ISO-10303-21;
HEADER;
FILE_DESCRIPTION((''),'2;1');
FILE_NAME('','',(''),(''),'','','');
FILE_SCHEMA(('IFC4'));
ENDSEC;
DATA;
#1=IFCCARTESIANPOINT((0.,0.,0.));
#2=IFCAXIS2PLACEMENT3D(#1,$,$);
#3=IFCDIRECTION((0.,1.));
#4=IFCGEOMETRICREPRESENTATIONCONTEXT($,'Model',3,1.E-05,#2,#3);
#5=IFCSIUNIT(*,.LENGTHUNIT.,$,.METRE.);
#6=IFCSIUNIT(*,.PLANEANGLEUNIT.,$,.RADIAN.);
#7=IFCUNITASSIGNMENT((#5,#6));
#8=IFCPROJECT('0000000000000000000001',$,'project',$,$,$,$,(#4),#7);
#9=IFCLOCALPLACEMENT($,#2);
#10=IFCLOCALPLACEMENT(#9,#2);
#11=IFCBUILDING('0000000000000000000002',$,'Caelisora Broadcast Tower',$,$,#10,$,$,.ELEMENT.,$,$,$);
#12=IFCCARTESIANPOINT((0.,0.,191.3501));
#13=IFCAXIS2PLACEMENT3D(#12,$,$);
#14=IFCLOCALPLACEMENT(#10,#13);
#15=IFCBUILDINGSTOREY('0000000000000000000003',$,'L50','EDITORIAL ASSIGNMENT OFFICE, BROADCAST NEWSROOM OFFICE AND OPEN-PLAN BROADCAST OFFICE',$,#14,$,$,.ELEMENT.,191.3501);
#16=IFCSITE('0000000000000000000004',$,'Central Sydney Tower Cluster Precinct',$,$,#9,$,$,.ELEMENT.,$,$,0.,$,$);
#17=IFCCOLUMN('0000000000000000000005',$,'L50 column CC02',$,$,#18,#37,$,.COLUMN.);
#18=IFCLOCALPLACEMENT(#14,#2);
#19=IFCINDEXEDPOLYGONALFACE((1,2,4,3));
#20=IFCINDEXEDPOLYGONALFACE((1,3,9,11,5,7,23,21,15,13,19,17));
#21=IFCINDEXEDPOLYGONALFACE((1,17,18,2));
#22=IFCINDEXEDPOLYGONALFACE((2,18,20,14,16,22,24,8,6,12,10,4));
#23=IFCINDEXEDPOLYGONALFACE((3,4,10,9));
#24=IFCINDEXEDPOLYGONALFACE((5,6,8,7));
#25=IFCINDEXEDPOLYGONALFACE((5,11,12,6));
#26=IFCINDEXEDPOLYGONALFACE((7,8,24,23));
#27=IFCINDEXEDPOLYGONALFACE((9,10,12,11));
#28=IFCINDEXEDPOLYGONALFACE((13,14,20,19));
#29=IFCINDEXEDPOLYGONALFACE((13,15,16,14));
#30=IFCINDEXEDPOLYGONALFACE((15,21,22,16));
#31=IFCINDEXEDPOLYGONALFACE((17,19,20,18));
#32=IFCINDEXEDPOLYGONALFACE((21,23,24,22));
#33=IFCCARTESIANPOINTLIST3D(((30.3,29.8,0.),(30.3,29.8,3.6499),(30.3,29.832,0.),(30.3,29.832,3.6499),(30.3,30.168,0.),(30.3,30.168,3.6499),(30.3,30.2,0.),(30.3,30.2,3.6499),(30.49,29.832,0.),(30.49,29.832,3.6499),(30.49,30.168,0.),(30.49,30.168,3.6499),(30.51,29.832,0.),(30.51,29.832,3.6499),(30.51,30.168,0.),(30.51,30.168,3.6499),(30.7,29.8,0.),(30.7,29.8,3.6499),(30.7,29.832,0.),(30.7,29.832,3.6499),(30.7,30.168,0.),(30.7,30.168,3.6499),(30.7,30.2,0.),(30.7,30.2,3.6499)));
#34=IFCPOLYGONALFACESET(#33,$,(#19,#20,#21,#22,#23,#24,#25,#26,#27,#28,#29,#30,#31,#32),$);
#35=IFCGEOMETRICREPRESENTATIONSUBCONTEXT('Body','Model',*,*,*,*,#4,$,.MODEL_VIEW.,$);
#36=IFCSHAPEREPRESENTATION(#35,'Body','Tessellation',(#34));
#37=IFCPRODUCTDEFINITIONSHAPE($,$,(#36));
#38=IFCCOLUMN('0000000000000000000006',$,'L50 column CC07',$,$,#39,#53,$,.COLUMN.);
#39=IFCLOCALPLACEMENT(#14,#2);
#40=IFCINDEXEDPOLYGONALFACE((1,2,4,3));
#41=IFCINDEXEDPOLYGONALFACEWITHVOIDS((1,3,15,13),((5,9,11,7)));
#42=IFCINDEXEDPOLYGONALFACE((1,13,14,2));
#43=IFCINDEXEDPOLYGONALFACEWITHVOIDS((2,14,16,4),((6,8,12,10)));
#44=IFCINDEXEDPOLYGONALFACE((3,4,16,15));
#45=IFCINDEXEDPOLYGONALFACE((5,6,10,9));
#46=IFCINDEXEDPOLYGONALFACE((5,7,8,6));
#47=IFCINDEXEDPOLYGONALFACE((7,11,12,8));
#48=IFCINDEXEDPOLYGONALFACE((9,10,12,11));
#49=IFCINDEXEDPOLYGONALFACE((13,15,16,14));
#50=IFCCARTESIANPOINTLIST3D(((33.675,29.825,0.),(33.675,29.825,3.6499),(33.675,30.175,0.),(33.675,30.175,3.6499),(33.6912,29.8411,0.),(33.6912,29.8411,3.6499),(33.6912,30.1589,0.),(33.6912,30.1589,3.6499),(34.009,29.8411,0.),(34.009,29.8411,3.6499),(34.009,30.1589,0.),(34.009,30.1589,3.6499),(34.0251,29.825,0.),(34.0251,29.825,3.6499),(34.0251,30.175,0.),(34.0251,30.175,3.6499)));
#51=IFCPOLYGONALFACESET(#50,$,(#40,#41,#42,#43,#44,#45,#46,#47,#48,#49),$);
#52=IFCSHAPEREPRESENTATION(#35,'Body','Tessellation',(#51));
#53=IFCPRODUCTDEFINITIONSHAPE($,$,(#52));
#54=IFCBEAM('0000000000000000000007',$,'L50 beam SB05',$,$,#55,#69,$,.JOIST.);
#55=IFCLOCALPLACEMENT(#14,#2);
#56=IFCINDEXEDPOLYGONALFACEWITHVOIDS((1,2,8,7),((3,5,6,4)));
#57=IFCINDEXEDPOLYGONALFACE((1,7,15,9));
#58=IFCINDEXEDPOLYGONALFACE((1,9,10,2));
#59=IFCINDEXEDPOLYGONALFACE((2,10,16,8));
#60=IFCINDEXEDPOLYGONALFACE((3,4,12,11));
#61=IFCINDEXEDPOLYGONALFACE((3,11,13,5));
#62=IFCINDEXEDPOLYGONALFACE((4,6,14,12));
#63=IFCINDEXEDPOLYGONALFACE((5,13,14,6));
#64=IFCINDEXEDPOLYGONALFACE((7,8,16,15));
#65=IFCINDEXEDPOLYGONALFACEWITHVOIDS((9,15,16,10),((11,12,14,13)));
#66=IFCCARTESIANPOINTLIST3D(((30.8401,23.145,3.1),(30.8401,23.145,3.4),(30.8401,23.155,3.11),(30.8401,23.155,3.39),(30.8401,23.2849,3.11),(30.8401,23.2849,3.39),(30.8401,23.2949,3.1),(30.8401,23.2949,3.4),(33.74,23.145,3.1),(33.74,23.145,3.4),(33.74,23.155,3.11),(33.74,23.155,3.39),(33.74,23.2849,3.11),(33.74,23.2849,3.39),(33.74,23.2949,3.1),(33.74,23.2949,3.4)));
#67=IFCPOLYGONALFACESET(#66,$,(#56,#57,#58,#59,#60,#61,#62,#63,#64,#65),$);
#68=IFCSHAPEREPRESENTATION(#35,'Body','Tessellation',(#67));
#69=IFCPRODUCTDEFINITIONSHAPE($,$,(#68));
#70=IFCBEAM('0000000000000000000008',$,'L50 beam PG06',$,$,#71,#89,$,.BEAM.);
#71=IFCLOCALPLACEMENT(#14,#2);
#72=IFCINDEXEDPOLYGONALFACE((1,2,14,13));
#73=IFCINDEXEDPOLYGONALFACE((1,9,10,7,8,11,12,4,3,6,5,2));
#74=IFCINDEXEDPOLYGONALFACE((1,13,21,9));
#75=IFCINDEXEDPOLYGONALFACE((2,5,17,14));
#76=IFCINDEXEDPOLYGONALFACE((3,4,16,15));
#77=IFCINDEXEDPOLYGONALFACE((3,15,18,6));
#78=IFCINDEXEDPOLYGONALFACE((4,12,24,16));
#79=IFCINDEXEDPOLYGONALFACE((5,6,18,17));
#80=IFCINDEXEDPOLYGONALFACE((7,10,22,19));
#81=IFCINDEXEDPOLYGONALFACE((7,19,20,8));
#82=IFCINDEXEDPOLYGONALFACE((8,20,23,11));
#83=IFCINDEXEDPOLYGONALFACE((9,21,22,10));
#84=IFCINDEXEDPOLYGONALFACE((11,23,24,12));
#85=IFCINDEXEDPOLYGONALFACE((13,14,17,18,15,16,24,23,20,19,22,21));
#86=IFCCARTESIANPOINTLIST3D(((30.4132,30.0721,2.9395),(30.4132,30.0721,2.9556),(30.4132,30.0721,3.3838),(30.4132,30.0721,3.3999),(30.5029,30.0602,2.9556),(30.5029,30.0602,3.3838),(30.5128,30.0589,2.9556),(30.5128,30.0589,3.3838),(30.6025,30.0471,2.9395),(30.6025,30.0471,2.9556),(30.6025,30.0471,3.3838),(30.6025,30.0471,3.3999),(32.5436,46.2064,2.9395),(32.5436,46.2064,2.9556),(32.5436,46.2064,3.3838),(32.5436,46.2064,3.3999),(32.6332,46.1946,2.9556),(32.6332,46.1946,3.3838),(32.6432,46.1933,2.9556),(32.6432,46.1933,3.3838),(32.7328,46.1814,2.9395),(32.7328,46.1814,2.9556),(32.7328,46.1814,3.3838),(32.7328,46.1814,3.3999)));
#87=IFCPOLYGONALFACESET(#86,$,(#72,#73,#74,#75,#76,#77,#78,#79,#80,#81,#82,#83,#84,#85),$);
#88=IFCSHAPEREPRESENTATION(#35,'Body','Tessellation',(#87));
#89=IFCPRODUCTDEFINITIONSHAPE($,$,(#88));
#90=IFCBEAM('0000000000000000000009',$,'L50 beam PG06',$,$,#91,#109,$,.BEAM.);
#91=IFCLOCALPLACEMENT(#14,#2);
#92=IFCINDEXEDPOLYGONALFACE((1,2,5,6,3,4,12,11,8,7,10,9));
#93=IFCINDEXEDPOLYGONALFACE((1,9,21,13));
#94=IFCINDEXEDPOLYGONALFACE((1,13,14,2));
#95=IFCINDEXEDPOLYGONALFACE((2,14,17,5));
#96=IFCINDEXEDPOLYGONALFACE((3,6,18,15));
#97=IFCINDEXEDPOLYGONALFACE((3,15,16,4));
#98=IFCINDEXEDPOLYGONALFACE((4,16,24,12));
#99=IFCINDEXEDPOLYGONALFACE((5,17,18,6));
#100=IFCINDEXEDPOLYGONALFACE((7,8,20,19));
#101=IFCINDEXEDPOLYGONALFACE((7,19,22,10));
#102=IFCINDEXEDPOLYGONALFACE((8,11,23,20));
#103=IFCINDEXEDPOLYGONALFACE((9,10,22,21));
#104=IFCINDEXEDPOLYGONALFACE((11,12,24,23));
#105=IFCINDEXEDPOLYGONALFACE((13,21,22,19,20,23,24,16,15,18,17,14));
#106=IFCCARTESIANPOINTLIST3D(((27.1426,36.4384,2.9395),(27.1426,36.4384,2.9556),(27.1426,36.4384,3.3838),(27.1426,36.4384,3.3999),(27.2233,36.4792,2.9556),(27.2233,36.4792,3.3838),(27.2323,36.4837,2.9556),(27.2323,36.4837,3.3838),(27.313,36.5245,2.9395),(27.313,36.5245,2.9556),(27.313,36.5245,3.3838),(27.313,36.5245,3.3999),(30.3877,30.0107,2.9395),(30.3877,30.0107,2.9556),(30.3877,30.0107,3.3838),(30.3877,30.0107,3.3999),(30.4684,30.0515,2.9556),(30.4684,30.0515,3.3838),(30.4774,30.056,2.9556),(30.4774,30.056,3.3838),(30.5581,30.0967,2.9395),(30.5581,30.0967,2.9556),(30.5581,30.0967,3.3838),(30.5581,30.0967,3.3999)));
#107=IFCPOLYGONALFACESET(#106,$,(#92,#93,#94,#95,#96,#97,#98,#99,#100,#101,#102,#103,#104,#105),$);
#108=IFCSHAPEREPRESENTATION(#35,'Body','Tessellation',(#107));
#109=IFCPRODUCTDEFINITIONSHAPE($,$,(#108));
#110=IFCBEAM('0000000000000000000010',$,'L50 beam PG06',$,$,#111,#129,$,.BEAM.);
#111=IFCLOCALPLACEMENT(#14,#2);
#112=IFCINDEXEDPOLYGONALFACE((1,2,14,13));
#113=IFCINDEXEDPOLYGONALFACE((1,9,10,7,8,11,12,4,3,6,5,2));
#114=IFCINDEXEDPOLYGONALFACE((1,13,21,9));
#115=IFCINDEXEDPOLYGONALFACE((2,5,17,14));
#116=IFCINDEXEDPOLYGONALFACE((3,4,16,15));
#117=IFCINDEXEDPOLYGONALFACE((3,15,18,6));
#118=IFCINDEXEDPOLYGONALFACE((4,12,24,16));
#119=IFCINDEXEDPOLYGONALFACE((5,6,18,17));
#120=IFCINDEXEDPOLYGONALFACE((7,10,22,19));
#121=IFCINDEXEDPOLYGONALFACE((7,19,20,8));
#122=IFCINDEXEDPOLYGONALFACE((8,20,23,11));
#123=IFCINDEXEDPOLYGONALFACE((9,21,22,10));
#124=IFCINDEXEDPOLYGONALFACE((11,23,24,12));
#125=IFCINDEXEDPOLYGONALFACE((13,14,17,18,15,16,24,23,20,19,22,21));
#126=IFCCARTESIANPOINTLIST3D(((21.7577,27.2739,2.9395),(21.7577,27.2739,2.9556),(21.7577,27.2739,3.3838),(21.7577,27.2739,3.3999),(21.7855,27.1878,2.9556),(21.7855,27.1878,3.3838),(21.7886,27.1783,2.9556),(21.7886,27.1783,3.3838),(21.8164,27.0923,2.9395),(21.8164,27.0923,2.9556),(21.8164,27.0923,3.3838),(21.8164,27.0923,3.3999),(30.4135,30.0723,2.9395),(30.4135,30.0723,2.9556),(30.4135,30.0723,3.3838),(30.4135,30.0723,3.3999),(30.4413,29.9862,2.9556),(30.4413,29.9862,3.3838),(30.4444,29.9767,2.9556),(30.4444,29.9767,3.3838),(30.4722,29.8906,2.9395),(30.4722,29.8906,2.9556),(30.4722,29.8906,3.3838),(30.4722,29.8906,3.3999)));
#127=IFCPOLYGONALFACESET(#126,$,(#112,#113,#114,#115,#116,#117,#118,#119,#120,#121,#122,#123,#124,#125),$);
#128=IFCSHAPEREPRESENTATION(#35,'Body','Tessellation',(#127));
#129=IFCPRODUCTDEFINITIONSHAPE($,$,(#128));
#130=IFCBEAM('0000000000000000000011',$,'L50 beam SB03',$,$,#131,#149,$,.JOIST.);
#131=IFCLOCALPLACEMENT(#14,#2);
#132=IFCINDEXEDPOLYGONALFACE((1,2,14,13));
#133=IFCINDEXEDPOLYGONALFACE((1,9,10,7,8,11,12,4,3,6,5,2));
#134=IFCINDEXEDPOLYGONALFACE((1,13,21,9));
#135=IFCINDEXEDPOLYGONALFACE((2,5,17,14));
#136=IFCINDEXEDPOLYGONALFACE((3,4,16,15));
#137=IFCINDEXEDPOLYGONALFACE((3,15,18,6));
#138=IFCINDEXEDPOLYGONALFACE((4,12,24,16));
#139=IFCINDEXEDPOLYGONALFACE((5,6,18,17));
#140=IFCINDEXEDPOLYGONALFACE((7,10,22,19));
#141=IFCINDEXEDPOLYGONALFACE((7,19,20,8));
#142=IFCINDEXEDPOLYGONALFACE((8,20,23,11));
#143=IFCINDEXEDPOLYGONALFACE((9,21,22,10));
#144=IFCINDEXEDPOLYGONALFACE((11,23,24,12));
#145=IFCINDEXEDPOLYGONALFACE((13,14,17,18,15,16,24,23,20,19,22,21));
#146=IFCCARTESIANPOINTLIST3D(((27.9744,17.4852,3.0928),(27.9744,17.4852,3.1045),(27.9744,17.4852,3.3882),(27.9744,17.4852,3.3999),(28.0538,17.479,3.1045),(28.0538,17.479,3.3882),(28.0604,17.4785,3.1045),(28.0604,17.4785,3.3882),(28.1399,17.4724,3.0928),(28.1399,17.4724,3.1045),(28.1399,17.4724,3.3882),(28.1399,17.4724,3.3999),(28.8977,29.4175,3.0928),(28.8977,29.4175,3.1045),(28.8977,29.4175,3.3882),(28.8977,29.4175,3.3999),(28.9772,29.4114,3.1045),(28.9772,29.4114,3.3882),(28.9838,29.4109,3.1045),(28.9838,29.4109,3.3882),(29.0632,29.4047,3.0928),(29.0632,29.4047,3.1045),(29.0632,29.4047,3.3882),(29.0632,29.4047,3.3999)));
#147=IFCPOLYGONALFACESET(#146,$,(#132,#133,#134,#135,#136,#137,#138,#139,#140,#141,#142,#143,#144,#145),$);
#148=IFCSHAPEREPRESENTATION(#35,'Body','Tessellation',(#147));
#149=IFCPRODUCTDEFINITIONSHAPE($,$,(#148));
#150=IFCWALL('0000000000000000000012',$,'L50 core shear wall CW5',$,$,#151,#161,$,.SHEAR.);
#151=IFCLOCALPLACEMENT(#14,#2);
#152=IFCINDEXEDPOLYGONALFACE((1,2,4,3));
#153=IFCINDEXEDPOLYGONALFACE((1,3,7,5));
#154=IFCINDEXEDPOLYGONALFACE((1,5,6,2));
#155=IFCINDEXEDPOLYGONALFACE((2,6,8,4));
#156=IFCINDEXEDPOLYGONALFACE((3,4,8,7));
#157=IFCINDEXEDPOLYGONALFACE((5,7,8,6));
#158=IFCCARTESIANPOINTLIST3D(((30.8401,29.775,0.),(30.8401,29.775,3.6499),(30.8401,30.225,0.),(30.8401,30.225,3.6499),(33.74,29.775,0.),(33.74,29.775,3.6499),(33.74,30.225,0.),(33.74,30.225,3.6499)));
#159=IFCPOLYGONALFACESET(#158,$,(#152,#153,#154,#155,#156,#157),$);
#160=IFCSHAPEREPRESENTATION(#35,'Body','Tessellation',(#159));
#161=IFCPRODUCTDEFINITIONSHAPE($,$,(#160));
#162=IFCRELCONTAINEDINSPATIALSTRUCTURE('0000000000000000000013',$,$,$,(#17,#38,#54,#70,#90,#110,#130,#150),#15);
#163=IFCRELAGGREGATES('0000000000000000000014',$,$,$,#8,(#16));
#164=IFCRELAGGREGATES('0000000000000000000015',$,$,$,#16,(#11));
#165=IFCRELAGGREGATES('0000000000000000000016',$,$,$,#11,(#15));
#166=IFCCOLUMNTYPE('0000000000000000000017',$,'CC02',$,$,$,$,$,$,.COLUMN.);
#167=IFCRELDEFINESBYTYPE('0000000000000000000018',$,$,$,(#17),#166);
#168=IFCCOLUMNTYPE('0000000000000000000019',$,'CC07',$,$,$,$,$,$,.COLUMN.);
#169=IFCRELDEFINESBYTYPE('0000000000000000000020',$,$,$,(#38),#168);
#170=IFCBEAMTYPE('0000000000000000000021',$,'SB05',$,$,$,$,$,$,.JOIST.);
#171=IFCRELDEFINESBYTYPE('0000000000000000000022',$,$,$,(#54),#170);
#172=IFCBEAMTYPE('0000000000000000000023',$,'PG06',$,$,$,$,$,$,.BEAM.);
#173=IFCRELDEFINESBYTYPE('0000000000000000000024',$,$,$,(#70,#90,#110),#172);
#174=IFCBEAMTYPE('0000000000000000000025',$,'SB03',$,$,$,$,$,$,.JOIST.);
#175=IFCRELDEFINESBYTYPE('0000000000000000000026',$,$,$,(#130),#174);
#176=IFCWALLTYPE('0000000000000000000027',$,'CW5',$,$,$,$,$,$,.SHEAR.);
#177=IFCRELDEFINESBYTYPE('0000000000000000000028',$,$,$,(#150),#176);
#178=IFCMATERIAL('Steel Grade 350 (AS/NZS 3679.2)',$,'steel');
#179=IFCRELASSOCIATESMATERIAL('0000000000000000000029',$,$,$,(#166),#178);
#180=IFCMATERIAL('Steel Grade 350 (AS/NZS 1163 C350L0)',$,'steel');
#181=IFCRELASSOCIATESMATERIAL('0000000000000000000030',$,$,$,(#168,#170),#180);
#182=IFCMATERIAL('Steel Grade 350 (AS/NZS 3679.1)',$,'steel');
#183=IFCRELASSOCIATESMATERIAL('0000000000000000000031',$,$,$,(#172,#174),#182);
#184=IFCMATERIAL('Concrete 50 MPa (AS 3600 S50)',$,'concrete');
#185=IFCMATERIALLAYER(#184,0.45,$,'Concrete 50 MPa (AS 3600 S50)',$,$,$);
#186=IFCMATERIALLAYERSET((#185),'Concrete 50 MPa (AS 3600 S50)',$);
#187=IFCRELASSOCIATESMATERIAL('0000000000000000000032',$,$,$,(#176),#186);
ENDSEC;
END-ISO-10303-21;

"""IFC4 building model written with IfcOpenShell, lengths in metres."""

from ifc_helpers import new_model, si_unit, direction, frame, frame_2d, origin, origin_2d, place, context, subcontext, project, spatial, rectangle, hollow_rectangle, i_section, extrude, source, transform, mapped, material, layer, layer_set, material_profile, profile_set, type_object, type_shapes, element, save


model = new_model("IFC4")

# Units and contexts
model_context = context("Model", 3, precision=1e-05, world=origin(), true_north=direction((0.0, 1.0)))
body_context = subcontext(model_context, "Body", "Model", "MODEL_VIEW")
ifc_project = project(units=[si_unit("LENGTHUNIT", "METRE"), si_unit("PLANEANGLEUNIT", "RADIAN")], contexts=[model_context])

# Site, building, storey
site_placement = place(None, origin())
site = spatial("IfcSite", under=ifc_project, at=site_placement, Name="Central Sydney Tower Cluster Precinct", CompositionType="ELEMENT", RefElevation=0.0)
building_placement = place(site_placement, origin())
building = spatial("IfcBuilding", under=site, at=building_placement, Name="Caelisora Broadcast Tower", CompositionType="ELEMENT")
storey_placement = place(building_placement, frame((0.0, 0.0, 191.3501)))
storey = spatial("IfcBuildingStorey", under=building, at=storey_placement, Name="L50", Description="EDITORIAL ASSIGNMENT OFFICE, BROADCAST NEWSROOM OFFICE AND OPEN-PLAN BROADCAST OFFICE", CompositionType="ELEMENT", Elevation=191.3501)

# Columns
ifc_material_1 = material(Name="Steel Grade 350 (AS/NZS 3679.2)", Category="steel")
ifc_material_profile_1 = material_profile(ifc_material_1, i_section(OverallWidth=0.3999, OverallDepth=0.3999, WebThickness=0.02, FlangeThickness=0.032, at=origin_2d()), Name="Steel Grade 350 (AS/NZS 3679.2)")
ifc_profile_set_1 = profile_set([ifc_material_profile_1], Name="Steel Grade 350 (AS/NZS 3679.2)")
column_type_1 = type_object("IfcColumnType", Name="CC02", PredefinedType="COLUMN", material=ifc_profile_set_1)
shared_shape_1 = source(origin(), body_context, "Body", "SweptSolid", [
    extrude(i_section(OverallWidth=0.3999, OverallDepth=0.3999, WebThickness=0.02, FlangeThickness=0.032, at=origin_2d()), origin(), (0.0, 0.0, 1.0), 3.6499),
])
type_shapes(column_type_1, [shared_shape_1])
column_1_placement = place(storey_placement, frame((30.5, 30.0, 0.0), z_axis=(0.0, 0.0, 1.0), x_axis=(1.0, 0.0, 0.0)))
element("IfcColumn", 1, at=column_1_placement, inside=storey, type_object=column_type_1, Name="L50 column CC02", PredefinedType="COLUMN", context=body_context, shape_type="MappedRepresentation", body=[
    mapped(shared_shape_1, transform((0.0, 0.0, 0.0), scale=1.0)),
])
ifc_material_2 = material(Name="Steel Grade 350 (AS/NZS 1163 C350L0)", Category="steel")
ifc_material_profile_2 = material_profile(ifc_material_2, hollow_rectangle(XDim=0.3501, YDim=0.3501, WallThickness=0.0161, at=origin_2d()), Name="Steel Grade 350 (AS/NZS 1163 C350L0)")
ifc_profile_set_2 = profile_set([ifc_material_profile_2], Name="Steel Grade 350 (AS/NZS 1163 C350L0)")
column_type_2 = type_object("IfcColumnType", Name="CC07", PredefinedType="COLUMN", material=ifc_profile_set_2)
shared_shape_2 = source(origin(), body_context, "Body", "SweptSolid", [
    extrude(hollow_rectangle(XDim=0.3501, YDim=0.3501, WallThickness=0.0161, at=origin_2d()), origin(), (0.0, 0.0, 1.0), 3.6499),
])
type_shapes(column_type_2, [shared_shape_2])
column_2_placement = place(storey_placement, frame((33.8501, 30.0, 0.0), z_axis=(0.0, 0.0, 1.0), x_axis=(1.0, 0.0, 0.0)))
element("IfcColumn", 2, at=column_2_placement, inside=storey, type_object=column_type_2, Name="L50 column CC07", PredefinedType="COLUMN", context=body_context, shape_type="MappedRepresentation", body=[
    mapped(shared_shape_2, transform((0.0, 0.0, 0.0), scale=1.0)),
])

# Beams
ifc_material_profile_3 = material_profile(ifc_material_2, hollow_rectangle(XDim=0.1499, YDim=0.3, WallThickness=0.01, at=origin_2d()), Name="Steel Grade 350 (AS/NZS 1163 C350L0)")
ifc_profile_set_3 = profile_set([ifc_material_profile_3], Name="Steel Grade 350 (AS/NZS 1163 C350L0)")
beam_type_1 = type_object("IfcBeamType", Name="SB05", PredefinedType="JOIST", material=ifc_profile_set_3)
shared_shape_3 = source(origin(), body_context, "Body", "SweptSolid", [
    extrude(hollow_rectangle(XDim=0.1499, YDim=0.3, WallThickness=0.01, at=origin_2d()), origin(), (0.0, 0.0, 1.0), 2.8999),
])
type_shapes(beam_type_1, [shared_shape_3])
beam_1_placement = place(storey_placement, frame((30.8401, 23.22, 3.25), z_axis=(1.0, 0.0, 0.0), x_axis=(0.0, 1.0, 0.0)))
element("IfcBeam", 3, at=beam_1_placement, inside=storey, type_object=beam_type_1, Name="L50 beam SB05", PredefinedType="JOIST", context=body_context, shape_type="MappedRepresentation", body=[
    mapped(shared_shape_3, transform((0.0, 0.0, 0.0), scale=1.0)),
])
ifc_material_3 = material(Name="Steel Grade 350 (AS/NZS 3679.1)", Category="steel")
ifc_material_profile_4 = material_profile(ifc_material_3, i_section(OverallWidth=0.1909, OverallDepth=0.4604, WebThickness=0.01, FlangeThickness=0.0161, at=origin_2d()), Name="Steel Grade 350 (AS/NZS 3679.1)")
ifc_profile_set_4 = profile_set([ifc_material_profile_4], Name="Steel Grade 350 (AS/NZS 3679.1)")
beam_type_2 = type_object("IfcBeamType", Name="PG06", PredefinedType="BEAM", material=ifc_profile_set_4)
shared_shape_4 = source(origin(), body_context, "Body", "SweptSolid", [
    extrude(i_section(OverallWidth=0.1909, OverallDepth=0.4604, WebThickness=0.01, FlangeThickness=0.0161, at=origin_2d()), origin(), (0.0, 0.0, 1.0), 16.2744),
])
beam_2_placement = place(storey_placement, frame((30.5078, 30.0596, 3.1697), z_axis=(0.130904, 0.991395, 0.0), x_axis=(-0.991395, 0.130904, 0.0)))
element("IfcBeam", 4, at=beam_2_placement, inside=storey, type_object=beam_type_2, Name="L50 beam PG06", PredefinedType="BEAM", context=body_context, shape_type="MappedRepresentation", body=[
    mapped(shared_shape_4, transform((0.0, 0.0, 0.0), scale=1.0)),
])
shared_shape_5 = source(origin(), body_context, "Body", "SweptSolid", [
    extrude(i_section(OverallWidth=0.1909, OverallDepth=0.4604, WebThickness=0.01, FlangeThickness=0.0161, at=origin_2d()), origin(), (0.0, 0.0, 1.0), 7.2004),
])
beam_3_placement = place(storey_placement, frame((30.4729, 30.0537, 3.1697), z_axis=(-0.450682, 0.892684, 0.0), x_axis=(-0.892684, -0.450682, 0.0)))
element("IfcBeam", 5, at=beam_3_placement, inside=storey, type_object=beam_type_2, Name="L50 beam PG06", PredefinedType="BEAM", context=body_context, shape_type="MappedRepresentation", body=[
    mapped(shared_shape_5, transform((0.0, 0.0, 0.0), scale=1.0)),
])
shared_shape_6 = source(origin(), body_context, "Body", "SweptSolid", [
    extrude(i_section(OverallWidth=0.1909, OverallDepth=0.4604, WebThickness=0.01, FlangeThickness=0.0161, at=origin_2d()), origin(), (0.0, 0.0, 1.0), 9.0969),
])
type_shapes(beam_type_2, [shared_shape_4, shared_shape_5, shared_shape_6])
beam_4_placement = place(storey_placement, frame((30.4429, 29.9814, 3.1697), z_axis=(-0.951511, -0.307616, 0.0), x_axis=(0.307616, -0.951511, 0.0)))
element("IfcBeam", 6, at=beam_4_placement, inside=storey, type_object=beam_type_2, Name="L50 beam PG06", PredefinedType="BEAM", context=body_context, shape_type="MappedRepresentation", body=[
    mapped(shared_shape_6, transform((0.0, 0.0, 0.0), scale=1.0)),
])
ifc_material_profile_5 = material_profile(ifc_material_3, i_section(OverallWidth=0.166, OverallDepth=0.3071, WebThickness=0.0066, FlangeThickness=0.0117, at=origin_2d()), Name="Steel Grade 350 (AS/NZS 3679.1)")
ifc_profile_set_5 = profile_set([ifc_material_profile_5], Name="Steel Grade 350 (AS/NZS 3679.1)")
beam_type_3 = type_object("IfcBeamType", Name="SB03", PredefinedType="JOIST", material=ifc_profile_set_5)
shared_shape_7 = source(origin(), body_context, "Body", "SweptSolid", [
    extrude(i_section(OverallWidth=0.166, OverallDepth=0.3071, WebThickness=0.0066, FlangeThickness=0.0117, at=origin_2d()), origin(), (0.0, 0.0, 1.0), 11.968),
])
type_shapes(beam_type_3, [shared_shape_7])
beam_5_placement = place(storey_placement, frame((28.9805, 29.4111, 3.2463), z_axis=(-0.07715, -0.997019, 0.0), x_axis=(0.997019, -0.07715, 0.0)))
element("IfcBeam", 7, at=beam_5_placement, inside=storey, type_object=beam_type_3, Name="L50 beam SB03", PredefinedType="JOIST", context=body_context, shape_type="MappedRepresentation", body=[
    mapped(shared_shape_7, transform((0.0, 0.0, 0.0), scale=1.0)),
])

# Wall
ifc_material_4 = material(Name="Concrete 50 MPa (AS 3600 S50)", Category="concrete")
ifc_layer_1 = layer(ifc_material_4, 0.45, Name="Concrete 50 MPa (AS 3600 S50)")
ifc_layer_set_1 = layer_set([ifc_layer_1], Name="Concrete 50 MPa (AS 3600 S50)")
wall_type_1 = type_object("IfcWallType", Name="CW5", PredefinedType="SHEAR", material=ifc_layer_set_1)
wall_1_placement = place(storey_placement, frame((30.8401, 30.0, 0.0), z_axis=(0.0, 0.0, 1.0), x_axis=(1.0, 0.0, 0.0)))
element("IfcWall", 8, at=wall_1_placement, inside=storey, type_object=wall_type_1, Name="L50 core shear wall CW5", PredefinedType="SHEAR", context=body_context, shape_type="SweptSolid", body=[
    extrude(rectangle(XDim=2.8999, YDim=0.45, at=frame_2d((1.45, 0.0))), origin(), (0.0, 0.0, 1.0), 3.6499),
])

save(model, "model.ifc")
